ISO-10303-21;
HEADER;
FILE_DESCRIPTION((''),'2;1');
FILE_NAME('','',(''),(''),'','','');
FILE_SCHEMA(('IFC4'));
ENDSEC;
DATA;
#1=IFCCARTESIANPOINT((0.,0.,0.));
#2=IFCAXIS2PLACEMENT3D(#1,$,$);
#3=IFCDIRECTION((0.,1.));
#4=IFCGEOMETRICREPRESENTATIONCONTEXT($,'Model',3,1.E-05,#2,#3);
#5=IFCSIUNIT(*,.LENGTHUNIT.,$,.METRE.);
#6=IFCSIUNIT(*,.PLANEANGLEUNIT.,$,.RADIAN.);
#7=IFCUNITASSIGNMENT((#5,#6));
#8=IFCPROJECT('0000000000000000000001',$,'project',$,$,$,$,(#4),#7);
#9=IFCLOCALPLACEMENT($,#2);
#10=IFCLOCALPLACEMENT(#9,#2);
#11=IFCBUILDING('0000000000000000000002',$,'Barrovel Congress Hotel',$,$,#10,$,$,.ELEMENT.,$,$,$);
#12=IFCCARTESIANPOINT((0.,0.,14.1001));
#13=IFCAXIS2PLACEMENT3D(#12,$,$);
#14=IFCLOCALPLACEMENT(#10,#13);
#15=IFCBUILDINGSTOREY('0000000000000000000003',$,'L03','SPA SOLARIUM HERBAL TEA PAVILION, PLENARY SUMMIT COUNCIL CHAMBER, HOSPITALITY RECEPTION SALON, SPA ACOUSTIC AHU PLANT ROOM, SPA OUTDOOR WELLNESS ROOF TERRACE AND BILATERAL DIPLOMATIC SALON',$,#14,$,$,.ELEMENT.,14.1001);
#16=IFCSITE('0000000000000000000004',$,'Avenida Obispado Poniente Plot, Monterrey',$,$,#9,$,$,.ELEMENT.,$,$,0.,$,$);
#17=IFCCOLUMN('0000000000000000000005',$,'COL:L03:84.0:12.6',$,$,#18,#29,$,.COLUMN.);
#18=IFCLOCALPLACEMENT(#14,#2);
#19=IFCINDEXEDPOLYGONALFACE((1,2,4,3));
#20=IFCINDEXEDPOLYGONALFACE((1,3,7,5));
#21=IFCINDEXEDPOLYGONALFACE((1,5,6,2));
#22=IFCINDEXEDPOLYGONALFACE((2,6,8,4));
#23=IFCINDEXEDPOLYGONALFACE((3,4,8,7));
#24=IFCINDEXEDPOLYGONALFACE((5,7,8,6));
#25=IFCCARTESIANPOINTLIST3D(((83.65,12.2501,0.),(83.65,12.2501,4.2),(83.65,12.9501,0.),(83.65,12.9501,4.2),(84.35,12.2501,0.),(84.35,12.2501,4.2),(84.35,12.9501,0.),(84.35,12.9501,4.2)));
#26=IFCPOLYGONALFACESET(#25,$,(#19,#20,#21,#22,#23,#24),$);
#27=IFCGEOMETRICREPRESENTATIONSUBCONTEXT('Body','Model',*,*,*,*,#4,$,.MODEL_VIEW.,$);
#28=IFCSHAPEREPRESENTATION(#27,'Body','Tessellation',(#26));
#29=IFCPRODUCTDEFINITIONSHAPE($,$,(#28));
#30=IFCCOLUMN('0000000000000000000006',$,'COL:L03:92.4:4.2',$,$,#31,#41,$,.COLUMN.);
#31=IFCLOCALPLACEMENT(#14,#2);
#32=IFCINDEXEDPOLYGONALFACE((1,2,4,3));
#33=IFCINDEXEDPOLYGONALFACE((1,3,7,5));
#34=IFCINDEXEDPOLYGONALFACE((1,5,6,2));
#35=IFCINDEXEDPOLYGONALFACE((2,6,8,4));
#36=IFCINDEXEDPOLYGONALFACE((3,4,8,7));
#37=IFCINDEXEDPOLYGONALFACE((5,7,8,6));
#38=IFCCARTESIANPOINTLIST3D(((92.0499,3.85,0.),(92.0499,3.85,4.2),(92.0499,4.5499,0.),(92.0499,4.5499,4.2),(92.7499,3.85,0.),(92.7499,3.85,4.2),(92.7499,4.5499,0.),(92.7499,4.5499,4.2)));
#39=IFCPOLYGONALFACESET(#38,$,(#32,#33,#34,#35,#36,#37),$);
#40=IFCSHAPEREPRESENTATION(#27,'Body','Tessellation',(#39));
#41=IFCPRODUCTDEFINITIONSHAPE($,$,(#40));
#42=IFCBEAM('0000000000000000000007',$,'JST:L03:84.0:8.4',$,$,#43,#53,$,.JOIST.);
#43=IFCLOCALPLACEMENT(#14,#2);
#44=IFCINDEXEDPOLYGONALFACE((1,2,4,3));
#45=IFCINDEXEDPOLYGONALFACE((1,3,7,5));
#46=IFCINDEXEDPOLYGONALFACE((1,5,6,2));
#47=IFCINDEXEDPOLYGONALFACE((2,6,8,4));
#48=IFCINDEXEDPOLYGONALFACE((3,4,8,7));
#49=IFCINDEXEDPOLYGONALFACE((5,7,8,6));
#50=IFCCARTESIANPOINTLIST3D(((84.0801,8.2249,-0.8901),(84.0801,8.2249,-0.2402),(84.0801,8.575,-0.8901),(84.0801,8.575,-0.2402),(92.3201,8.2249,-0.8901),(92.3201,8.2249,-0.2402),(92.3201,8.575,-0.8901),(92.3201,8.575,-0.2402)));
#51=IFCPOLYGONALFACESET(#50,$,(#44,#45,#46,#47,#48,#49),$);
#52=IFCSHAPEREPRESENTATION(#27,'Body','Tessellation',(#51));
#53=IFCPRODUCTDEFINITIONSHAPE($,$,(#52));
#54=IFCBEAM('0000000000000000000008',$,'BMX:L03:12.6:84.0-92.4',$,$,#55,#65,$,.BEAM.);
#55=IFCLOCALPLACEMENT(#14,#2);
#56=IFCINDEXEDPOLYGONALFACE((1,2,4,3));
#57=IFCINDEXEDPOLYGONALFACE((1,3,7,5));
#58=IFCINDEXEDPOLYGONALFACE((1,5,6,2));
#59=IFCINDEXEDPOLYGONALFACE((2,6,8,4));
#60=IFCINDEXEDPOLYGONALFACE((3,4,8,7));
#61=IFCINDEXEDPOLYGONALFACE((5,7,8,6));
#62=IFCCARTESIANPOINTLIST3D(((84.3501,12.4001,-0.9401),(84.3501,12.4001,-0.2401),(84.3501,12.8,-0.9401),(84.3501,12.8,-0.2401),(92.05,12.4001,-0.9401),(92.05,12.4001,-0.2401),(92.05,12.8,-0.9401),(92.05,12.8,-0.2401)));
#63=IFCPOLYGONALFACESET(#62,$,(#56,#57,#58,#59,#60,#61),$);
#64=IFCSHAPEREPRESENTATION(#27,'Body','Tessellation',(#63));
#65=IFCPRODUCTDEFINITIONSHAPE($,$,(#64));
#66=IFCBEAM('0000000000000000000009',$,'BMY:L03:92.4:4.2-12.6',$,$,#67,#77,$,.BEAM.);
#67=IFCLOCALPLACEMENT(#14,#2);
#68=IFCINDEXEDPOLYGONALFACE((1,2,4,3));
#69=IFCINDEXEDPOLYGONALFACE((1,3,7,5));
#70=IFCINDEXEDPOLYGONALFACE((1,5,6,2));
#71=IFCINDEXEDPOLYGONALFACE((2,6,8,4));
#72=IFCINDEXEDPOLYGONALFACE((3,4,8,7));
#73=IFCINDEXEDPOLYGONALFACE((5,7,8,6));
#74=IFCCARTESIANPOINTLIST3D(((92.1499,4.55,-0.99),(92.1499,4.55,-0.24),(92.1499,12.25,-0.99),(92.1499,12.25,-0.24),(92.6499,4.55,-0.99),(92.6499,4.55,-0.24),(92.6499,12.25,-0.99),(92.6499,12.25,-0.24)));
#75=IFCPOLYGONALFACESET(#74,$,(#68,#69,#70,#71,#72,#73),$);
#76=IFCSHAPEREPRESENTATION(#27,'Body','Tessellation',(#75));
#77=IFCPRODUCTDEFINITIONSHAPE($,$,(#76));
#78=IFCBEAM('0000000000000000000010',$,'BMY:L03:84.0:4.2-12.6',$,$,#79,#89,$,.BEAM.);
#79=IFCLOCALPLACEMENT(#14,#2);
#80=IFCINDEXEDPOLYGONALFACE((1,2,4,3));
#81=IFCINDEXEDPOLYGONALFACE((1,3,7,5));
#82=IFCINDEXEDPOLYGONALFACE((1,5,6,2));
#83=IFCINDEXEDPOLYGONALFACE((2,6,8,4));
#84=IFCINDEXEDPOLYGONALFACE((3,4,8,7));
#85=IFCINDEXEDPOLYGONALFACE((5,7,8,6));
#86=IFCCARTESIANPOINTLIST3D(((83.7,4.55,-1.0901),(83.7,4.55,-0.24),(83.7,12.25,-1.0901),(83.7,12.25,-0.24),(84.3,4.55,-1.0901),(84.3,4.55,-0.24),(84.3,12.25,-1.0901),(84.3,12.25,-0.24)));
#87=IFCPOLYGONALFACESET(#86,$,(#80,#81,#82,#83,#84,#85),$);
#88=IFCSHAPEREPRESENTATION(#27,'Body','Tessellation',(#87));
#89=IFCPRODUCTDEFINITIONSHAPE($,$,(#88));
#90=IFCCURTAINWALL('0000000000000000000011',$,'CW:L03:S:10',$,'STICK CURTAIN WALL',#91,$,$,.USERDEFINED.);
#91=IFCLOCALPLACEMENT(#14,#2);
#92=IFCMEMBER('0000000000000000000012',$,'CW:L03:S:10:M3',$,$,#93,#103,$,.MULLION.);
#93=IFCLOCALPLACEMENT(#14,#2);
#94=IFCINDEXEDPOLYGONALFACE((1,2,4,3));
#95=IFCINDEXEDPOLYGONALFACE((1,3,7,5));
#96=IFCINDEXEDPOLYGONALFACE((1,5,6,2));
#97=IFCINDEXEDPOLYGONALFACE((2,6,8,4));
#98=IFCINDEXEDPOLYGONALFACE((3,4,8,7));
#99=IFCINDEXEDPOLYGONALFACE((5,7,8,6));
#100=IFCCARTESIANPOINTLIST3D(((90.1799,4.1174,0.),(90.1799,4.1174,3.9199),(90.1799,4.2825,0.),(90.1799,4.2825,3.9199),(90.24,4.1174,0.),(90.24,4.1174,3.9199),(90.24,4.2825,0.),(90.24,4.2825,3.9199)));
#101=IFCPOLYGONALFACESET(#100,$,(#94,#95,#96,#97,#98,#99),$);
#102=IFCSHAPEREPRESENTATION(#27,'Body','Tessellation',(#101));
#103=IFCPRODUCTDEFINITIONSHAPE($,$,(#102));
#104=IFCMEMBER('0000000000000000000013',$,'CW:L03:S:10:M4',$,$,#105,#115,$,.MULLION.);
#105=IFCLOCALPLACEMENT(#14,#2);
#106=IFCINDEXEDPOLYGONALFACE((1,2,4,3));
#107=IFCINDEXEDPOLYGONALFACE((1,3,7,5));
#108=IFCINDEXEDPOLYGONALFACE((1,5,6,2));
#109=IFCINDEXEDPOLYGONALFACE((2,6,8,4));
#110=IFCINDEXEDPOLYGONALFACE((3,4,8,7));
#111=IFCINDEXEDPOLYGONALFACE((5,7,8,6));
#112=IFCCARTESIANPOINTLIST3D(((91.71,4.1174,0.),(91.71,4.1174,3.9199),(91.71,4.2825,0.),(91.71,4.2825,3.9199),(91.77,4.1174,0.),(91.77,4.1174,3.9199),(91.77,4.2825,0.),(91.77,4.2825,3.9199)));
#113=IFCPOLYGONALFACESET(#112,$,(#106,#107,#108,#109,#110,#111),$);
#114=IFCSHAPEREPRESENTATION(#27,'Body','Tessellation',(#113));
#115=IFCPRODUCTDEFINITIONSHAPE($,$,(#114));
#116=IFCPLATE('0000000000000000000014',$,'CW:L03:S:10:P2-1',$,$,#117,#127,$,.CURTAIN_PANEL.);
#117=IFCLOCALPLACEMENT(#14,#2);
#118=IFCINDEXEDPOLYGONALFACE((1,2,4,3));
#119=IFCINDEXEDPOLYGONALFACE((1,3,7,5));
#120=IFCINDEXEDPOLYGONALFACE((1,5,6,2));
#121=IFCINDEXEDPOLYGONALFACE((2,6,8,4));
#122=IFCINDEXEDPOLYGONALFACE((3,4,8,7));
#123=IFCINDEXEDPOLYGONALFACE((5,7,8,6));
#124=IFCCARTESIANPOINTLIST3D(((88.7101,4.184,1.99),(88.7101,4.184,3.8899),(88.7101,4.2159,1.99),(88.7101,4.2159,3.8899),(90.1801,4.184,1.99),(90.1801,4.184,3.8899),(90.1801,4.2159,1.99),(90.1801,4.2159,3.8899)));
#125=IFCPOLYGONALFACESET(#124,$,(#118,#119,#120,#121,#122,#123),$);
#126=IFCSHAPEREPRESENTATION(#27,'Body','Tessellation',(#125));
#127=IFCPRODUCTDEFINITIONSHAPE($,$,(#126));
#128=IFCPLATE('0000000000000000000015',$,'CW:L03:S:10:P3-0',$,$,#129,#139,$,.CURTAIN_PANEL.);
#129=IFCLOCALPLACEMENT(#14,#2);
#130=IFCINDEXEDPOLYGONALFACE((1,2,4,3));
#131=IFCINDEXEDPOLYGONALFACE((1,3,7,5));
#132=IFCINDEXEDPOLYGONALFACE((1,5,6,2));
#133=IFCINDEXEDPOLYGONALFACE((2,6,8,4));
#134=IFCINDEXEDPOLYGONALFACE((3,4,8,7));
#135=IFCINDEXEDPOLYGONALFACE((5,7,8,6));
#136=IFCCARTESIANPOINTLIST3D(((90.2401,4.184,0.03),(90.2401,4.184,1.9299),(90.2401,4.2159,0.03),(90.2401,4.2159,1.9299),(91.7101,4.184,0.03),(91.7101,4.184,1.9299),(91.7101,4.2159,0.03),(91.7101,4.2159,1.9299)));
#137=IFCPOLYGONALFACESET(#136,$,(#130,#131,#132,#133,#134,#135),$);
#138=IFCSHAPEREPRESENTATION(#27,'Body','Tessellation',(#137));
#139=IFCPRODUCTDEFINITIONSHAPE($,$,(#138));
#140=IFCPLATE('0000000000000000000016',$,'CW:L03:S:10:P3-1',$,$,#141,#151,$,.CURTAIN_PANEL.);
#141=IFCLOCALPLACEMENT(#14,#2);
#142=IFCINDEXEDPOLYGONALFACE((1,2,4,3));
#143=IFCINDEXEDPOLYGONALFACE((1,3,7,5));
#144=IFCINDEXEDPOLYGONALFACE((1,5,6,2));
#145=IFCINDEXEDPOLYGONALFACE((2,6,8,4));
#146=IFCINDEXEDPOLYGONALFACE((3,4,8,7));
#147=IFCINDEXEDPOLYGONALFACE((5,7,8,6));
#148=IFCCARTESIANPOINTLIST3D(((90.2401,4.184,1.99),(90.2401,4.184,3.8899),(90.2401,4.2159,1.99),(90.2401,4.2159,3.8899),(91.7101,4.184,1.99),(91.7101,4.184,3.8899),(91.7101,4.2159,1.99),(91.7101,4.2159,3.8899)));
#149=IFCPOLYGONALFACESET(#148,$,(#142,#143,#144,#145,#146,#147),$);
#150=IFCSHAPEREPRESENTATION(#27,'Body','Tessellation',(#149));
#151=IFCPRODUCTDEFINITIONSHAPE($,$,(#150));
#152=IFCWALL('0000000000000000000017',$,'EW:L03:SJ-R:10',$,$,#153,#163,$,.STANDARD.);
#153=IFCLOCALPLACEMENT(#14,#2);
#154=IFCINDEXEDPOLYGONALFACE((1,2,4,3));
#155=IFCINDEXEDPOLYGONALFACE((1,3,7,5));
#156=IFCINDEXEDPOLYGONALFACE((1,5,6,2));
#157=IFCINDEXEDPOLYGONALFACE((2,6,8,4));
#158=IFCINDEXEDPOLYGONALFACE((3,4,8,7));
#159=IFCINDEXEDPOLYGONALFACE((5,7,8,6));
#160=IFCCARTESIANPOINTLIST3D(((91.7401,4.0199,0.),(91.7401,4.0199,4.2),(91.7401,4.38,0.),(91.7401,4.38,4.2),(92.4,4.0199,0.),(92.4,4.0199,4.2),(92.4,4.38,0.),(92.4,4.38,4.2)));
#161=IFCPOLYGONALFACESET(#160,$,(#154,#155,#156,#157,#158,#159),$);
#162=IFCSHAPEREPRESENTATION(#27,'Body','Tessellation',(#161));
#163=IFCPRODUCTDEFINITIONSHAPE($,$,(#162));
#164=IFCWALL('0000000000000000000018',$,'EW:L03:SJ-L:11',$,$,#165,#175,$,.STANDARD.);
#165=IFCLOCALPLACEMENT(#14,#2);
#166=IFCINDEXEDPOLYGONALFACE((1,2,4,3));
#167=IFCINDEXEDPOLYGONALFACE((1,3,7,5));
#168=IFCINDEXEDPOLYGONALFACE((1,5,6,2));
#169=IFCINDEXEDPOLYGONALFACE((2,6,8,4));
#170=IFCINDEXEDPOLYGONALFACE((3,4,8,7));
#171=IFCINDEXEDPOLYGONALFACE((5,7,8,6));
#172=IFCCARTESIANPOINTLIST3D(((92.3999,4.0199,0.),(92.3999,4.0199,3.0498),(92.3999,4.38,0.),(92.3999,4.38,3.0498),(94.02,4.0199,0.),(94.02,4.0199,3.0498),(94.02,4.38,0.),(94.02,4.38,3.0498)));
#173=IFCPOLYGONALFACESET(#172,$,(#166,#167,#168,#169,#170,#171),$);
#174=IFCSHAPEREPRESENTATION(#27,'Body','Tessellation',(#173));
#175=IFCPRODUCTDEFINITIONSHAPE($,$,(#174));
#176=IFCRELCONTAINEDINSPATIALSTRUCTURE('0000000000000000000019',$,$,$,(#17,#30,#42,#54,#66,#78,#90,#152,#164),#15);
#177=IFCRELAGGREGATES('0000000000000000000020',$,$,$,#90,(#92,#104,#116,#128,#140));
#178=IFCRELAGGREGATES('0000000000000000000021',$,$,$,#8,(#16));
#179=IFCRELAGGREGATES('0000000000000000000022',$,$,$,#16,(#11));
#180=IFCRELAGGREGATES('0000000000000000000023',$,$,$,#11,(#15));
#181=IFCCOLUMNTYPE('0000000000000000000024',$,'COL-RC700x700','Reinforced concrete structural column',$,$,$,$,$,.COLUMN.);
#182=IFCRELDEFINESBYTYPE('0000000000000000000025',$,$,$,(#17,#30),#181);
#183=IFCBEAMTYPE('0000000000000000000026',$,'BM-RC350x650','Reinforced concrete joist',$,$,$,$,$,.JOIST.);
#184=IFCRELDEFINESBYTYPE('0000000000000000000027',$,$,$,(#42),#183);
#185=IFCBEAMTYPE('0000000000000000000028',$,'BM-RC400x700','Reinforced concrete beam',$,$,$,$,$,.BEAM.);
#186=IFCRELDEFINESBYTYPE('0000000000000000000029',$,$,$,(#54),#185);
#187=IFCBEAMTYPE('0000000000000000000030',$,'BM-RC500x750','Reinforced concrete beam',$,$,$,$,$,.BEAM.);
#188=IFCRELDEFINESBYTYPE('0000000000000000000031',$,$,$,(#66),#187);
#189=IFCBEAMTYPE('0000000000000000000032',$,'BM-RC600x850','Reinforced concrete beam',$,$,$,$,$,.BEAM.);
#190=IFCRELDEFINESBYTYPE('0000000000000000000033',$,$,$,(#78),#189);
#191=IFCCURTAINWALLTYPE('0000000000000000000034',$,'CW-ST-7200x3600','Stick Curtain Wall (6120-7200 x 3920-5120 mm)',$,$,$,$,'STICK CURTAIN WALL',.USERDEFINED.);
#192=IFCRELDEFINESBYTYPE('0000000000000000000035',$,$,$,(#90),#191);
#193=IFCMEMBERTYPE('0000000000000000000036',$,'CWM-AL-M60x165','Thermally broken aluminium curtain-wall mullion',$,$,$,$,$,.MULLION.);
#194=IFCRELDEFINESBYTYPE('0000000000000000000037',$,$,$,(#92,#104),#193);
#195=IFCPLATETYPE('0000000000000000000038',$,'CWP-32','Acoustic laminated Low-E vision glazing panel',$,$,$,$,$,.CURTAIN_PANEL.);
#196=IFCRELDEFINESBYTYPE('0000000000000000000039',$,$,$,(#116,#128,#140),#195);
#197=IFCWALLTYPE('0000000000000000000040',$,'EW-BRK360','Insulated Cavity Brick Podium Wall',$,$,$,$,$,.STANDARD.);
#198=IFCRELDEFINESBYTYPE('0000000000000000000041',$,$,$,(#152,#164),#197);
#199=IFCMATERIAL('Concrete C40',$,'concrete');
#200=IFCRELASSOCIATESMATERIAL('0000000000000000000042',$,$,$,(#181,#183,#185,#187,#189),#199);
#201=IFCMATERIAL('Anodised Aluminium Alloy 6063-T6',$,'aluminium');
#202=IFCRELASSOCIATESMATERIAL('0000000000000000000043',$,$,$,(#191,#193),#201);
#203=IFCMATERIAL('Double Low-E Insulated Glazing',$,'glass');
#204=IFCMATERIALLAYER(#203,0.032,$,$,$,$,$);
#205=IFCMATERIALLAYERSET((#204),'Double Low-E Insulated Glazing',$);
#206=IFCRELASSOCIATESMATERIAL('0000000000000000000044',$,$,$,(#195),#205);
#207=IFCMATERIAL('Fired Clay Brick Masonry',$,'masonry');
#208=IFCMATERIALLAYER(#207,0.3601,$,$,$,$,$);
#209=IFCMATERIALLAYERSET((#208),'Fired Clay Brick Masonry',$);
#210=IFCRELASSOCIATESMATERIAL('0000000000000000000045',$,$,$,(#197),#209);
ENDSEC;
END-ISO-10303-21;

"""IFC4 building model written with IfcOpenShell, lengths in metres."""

from ifc_helpers import new_model, si_unit, direction, frame, frame_2d, origin, origin_2d, place, context, subcontext, project, spatial, rectangle, extrude, material, layer, layer_set, material_profile, profile_set, type_object, element, aggregate, save


model = new_model("IFC4")

# Units and contexts
model_context = context("Model", 3, precision=1e-05, world=origin(), true_north=direction((0.0, 1.0)))
body_context = subcontext(model_context, "Body", "Model", "MODEL_VIEW")
ifc_project = project(units=[si_unit("LENGTHUNIT", "METRE"), si_unit("PLANEANGLEUNIT", "RADIAN")], contexts=[model_context])

# Site, building, storey
site_placement = place(None, origin())
site = spatial("IfcSite", under=ifc_project, at=site_placement, Name="Avenida Obispado Poniente Plot, Monterrey", CompositionType="ELEMENT", RefElevation=0.0)
building_placement = place(site_placement, origin())
building = spatial("IfcBuilding", under=site, at=building_placement, Name="Barrovel Congress Hotel", CompositionType="ELEMENT")
storey_placement = place(building_placement, frame((0.0, 0.0, 14.1001)))
storey = spatial("IfcBuildingStorey", under=building, at=storey_placement, Name="L03", Description="SPA SOLARIUM HERBAL TEA PAVILION, PLENARY SUMMIT COUNCIL CHAMBER, HOSPITALITY RECEPTION SALON, SPA ACOUSTIC AHU PLANT ROOM, SPA OUTDOOR WELLNESS ROOF TERRACE AND BILATERAL DIPLOMATIC SALON", CompositionType="ELEMENT", Elevation=14.1001)

# Columns
ifc_material_1 = material(Name="Concrete C40", Category="concrete")
ifc_material_profile_1 = material_profile(ifc_material_1, rectangle(XDim=0.7, YDim=0.7, at=origin_2d()), Name="RC700x700")
ifc_profile_set_1 = profile_set([ifc_material_profile_1], Name="Concrete C40")
column_type = type_object("IfcColumnType", Name="COL-RC700x700", Description="Reinforced concrete structural column", PredefinedType="COLUMN", material=ifc_profile_set_1)
for number, where, z_axis, x_axis, name in (
    (1, (84.0, 12.6001, 0.0), (0.0, 0.0, 1.0), (1.0, 0.0, 0.0), "COL:L03:84.0:12.6"),
    (2, (92.3999, 4.2, 0.0), (0.0, 0.0, 1.0), (1.0, 0.0, 0.0), "COL:L03:92.4:4.2"),
):
    element("IfcColumn", number, at=place(storey_placement, frame(where, z_axis=z_axis, x_axis=x_axis)), inside=storey, type_object=column_type, Name=name, PredefinedType="COLUMN", context=body_context, shape_type="SweptSolid", body=[
        extrude(rectangle(XDim=0.7, YDim=0.7, at=origin_2d()), origin(), (0.0, 0.0, 1.0), 4.2),
    ])

# Beams
ifc_material_profile_2 = material_profile(ifc_material_1, rectangle(XDim=0.3501, YDim=0.6499, at=origin_2d()), Name="RC350x650")
ifc_profile_set_2 = profile_set([ifc_material_profile_2], Name="Concrete C40")
beam_type_1 = type_object("IfcBeamType", Name="BM-RC350x650", Description="Reinforced concrete joist", PredefinedType="JOIST", material=ifc_profile_set_2)
beam_1_placement = place(storey_placement, frame((84.0801, 8.3999, -0.5652), z_axis=(1.0, 0.0, 0.0), x_axis=(0.0, 1.0, 0.0)))
element("IfcBeam", 3, at=beam_1_placement, inside=storey, type_object=beam_type_1, Name="JST:L03:84.0:8.4", PredefinedType="JOIST", context=body_context, shape_type="SweptSolid", body=[
    extrude(rectangle(XDim=0.3501, YDim=0.6499, at=origin_2d()), origin(), (0.0, 0.0, 1.0), 8.24),
])
ifc_material_profile_3 = material_profile(ifc_material_1, rectangle(XDim=0.3999, YDim=0.7, at=origin_2d()), Name="RC400x700")
ifc_profile_set_3 = profile_set([ifc_material_profile_3], Name="Concrete C40")
beam_type_2 = type_object("IfcBeamType", Name="BM-RC400x700", Description="Reinforced concrete beam", PredefinedType="BEAM", material=ifc_profile_set_3)
beam_2_placement = place(storey_placement, frame((84.3501, 12.6001, -0.5901), z_axis=(1.0, 0.0, 0.0), x_axis=(0.0, 1.0, 0.0)))
element("IfcBeam", 4, at=beam_2_placement, inside=storey, type_object=beam_type_2, Name="BMX:L03:12.6:84.0-92.4", PredefinedType="BEAM", context=body_context, shape_type="SweptSolid", body=[
    extrude(rectangle(XDim=0.3999, YDim=0.7, at=origin_2d()), origin(), (0.0, 0.0, 1.0), 7.7),
])
ifc_material_profile_4 = material_profile(ifc_material_1, rectangle(XDim=0.5, YDim=0.75, at=origin_2d()), Name="RC500x750")
ifc_profile_set_4 = profile_set([ifc_material_profile_4], Name="Concrete C40")
beam_type_3 = type_object("IfcBeamType", Name="BM-RC500x750", Description="Reinforced concrete beam", PredefinedType="BEAM", material=ifc_profile_set_4)
beam_3_placement = place(storey_placement, frame((92.3999, 4.55, -0.615), z_axis=(0.0, 1.0, 0.0), x_axis=(-1.0, 0.0, 0.0)))
element("IfcBeam", 5, at=beam_3_placement, inside=storey, type_object=beam_type_3, Name="BMY:L03:92.4:4.2-12.6", PredefinedType="BEAM", context=body_context, shape_type="SweptSolid", body=[
    extrude(rectangle(XDim=0.5, YDim=0.75, at=origin_2d()), origin(), (0.0, 0.0, 1.0), 7.7),
])
ifc_material_profile_5 = material_profile(ifc_material_1, rectangle(XDim=0.6001, YDim=0.8501, at=origin_2d()), Name="RC600x850")
ifc_profile_set_5 = profile_set([ifc_material_profile_5], Name="Concrete C40")
beam_type_4 = type_object("IfcBeamType", Name="BM-RC600x850", Description="Reinforced concrete beam", PredefinedType="BEAM", material=ifc_profile_set_5)
beam_4_placement = place(storey_placement, frame((84.0, 4.55, -0.665), z_axis=(0.0, 1.0, 0.0), x_axis=(-1.0, 0.0, 0.0)))
element("IfcBeam", 6, at=beam_4_placement, inside=storey, type_object=beam_type_4, Name="BMY:L03:84.0:4.2-12.6", PredefinedType="BEAM", context=body_context, shape_type="SweptSolid", body=[
    extrude(rectangle(XDim=0.6001, YDim=0.8501, at=origin_2d()), origin(), (0.0, 0.0, 1.0), 7.7),
])

# Curtain wall, members, plates
ifc_material_2 = material(Name="Anodised Aluminium Alloy 6063-T6", Category="aluminium")
curtain_wall_type = type_object("IfcCurtainWallType", Name="CW-ST-7200x3600", Description="Stick Curtain Wall (6120-7200 x 3920-5120 mm)", ElementType="STICK CURTAIN WALL", PredefinedType="USERDEFINED", material=ifc_material_2)
curtain_wall_placement = place(storey_placement, origin())
curtain_wall = element("IfcCurtainWall", 7, at=curtain_wall_placement, inside=storey, type_object=curtain_wall_type, Name="CW:L03:S:10", ObjectType="STICK CURTAIN WALL", PredefinedType="USERDEFINED")
ifc_material_profile_6 = material_profile(ifc_material_2, rectangle(XDim=0.0601, YDim=0.165, at=origin_2d()), Name="AL-M60x165")
ifc_profile_set_6 = profile_set([ifc_material_profile_6], Name="Anodised Aluminium Alloy 6063-T6")
member_type = type_object("IfcMemberType", Name="CWM-AL-M60x165", Description="Thermally broken aluminium curtain-wall mullion", PredefinedType="MULLION", material=ifc_profile_set_6)
member_1_placement = place(storey_placement, frame((90.21, 4.2, 0.0), z_axis=(0.0, 0.0, 1.0), x_axis=(1.0, 0.0, 0.0)))
member_1 = element("IfcMember", 8, at=member_1_placement, type_object=member_type, Name="CW:L03:S:10:M3", PredefinedType="MULLION", context=body_context, shape_type="SweptSolid", body=[
    extrude(rectangle(XDim=0.0601, YDim=0.165, at=origin_2d()), origin(), (0.0, 0.0, 1.0), 3.9199),
])
member_2_placement = place(storey_placement, frame((91.74, 4.2, 0.0), z_axis=(0.0, 0.0, 1.0), x_axis=(1.0, 0.0, 0.0)))
member_2 = element("IfcMember", 9, at=member_2_placement, type_object=member_type, Name="CW:L03:S:10:M4", PredefinedType="MULLION", context=body_context, shape_type="SweptSolid", body=[
    extrude(rectangle(XDim=0.0601, YDim=0.165, at=origin_2d()), origin(), (0.0, 0.0, 1.0), 3.9199),
])
ifc_material_3 = material(Name="Double Low-E Insulated Glazing", Category="glass")
ifc_layer_1 = layer(ifc_material_3, 0.032)
ifc_layer_set_1 = layer_set([ifc_layer_1], Name="Double Low-E Insulated Glazing")
plate_type = type_object("IfcPlateType", Name="CWP-32", Description="Acoustic laminated Low-E vision glazing panel", PredefinedType="CURTAIN_PANEL", material=ifc_layer_set_1)
plate_1_placement = place(storey_placement, frame((89.4451, 4.2, 1.99), z_axis=(0.0, 0.0, 1.0), x_axis=(1.0, 0.0, 0.0)))
plate_1 = element("IfcPlate", 10, at=plate_1_placement, type_object=plate_type, Name="CW:L03:S:10:P2-1", PredefinedType="CURTAIN_PANEL", context=body_context, shape_type="SweptSolid", body=[
    extrude(rectangle(XDim=1.47, YDim=0.032, at=origin_2d()), origin(), (0.0, 0.0, 1.0), 1.8999),
])
plate_2_placement = place(storey_placement, frame((90.9751, 4.2, 0.03), z_axis=(0.0, 0.0, 1.0), x_axis=(1.0, 0.0, 0.0)))
plate_2 = element("IfcPlate", 11, at=plate_2_placement, type_object=plate_type, Name="CW:L03:S:10:P3-0", PredefinedType="CURTAIN_PANEL", context=body_context, shape_type="SweptSolid", body=[
    extrude(rectangle(XDim=1.47, YDim=0.032, at=origin_2d()), origin(), (0.0, 0.0, 1.0), 1.8999),
])
plate_3_placement = place(storey_placement, frame((90.9751, 4.2, 1.99), z_axis=(0.0, 0.0, 1.0), x_axis=(1.0, 0.0, 0.0)))
plate_3 = element("IfcPlate", 12, at=plate_3_placement, type_object=plate_type, Name="CW:L03:S:10:P3-1", PredefinedType="CURTAIN_PANEL", context=body_context, shape_type="SweptSolid", body=[
    extrude(rectangle(XDim=1.47, YDim=0.032, at=origin_2d()), origin(), (0.0, 0.0, 1.0), 1.8999),
])
aggregate(curtain_wall, [member_1, member_2, plate_1, plate_2, plate_3])

# Walls
ifc_material_4 = material(Name="Fired Clay Brick Masonry", Category="masonry")
ifc_layer_2 = layer(ifc_material_4, 0.3601)
ifc_layer_set_2 = layer_set([ifc_layer_2], Name="Fired Clay Brick Masonry")
wall_type_1 = type_object("IfcWallType", Name="EW-BRK360", Description="Insulated Cavity Brick Podium Wall", PredefinedType="STANDARD", material=ifc_layer_set_2)
wall_1_placement = place(storey_placement, frame((91.74, 4.2, 0.0), z_axis=(0.0, 0.0, 1.0), x_axis=(1.0, 0.0, 0.0)))
element("IfcWall", 13, at=wall_1_placement, inside=storey, type_object=wall_type_1, Name="EW:L03:SJ-R:10", PredefinedType="STANDARD", context=body_context, shape_type="SweptSolid", body=[
    extrude(rectangle(XDim=0.6599, YDim=0.3601, at=frame_2d((0.3301, 0.0))), origin(), (0.0, 0.0, 1.0), 4.2),
])
wall_2_placement = place(storey_placement, frame((92.3999, 4.2, 0.0), z_axis=(0.0, 0.0, 1.0), x_axis=(1.0, 0.0, 0.0)))
element("IfcWall", 14, at=wall_2_placement, inside=storey, type_object=wall_type_1, Name="EW:L03:SJ-L:11", PredefinedType="STANDARD", context=body_context, shape_type="SweptSolid", body=[
    extrude(rectangle(XDim=1.6201, YDim=0.3601, at=frame_2d((0.8101, 0.0))), origin(), (0.0, 0.0, 1.0), 3.0498),
])

save(model, "model.ifc")
